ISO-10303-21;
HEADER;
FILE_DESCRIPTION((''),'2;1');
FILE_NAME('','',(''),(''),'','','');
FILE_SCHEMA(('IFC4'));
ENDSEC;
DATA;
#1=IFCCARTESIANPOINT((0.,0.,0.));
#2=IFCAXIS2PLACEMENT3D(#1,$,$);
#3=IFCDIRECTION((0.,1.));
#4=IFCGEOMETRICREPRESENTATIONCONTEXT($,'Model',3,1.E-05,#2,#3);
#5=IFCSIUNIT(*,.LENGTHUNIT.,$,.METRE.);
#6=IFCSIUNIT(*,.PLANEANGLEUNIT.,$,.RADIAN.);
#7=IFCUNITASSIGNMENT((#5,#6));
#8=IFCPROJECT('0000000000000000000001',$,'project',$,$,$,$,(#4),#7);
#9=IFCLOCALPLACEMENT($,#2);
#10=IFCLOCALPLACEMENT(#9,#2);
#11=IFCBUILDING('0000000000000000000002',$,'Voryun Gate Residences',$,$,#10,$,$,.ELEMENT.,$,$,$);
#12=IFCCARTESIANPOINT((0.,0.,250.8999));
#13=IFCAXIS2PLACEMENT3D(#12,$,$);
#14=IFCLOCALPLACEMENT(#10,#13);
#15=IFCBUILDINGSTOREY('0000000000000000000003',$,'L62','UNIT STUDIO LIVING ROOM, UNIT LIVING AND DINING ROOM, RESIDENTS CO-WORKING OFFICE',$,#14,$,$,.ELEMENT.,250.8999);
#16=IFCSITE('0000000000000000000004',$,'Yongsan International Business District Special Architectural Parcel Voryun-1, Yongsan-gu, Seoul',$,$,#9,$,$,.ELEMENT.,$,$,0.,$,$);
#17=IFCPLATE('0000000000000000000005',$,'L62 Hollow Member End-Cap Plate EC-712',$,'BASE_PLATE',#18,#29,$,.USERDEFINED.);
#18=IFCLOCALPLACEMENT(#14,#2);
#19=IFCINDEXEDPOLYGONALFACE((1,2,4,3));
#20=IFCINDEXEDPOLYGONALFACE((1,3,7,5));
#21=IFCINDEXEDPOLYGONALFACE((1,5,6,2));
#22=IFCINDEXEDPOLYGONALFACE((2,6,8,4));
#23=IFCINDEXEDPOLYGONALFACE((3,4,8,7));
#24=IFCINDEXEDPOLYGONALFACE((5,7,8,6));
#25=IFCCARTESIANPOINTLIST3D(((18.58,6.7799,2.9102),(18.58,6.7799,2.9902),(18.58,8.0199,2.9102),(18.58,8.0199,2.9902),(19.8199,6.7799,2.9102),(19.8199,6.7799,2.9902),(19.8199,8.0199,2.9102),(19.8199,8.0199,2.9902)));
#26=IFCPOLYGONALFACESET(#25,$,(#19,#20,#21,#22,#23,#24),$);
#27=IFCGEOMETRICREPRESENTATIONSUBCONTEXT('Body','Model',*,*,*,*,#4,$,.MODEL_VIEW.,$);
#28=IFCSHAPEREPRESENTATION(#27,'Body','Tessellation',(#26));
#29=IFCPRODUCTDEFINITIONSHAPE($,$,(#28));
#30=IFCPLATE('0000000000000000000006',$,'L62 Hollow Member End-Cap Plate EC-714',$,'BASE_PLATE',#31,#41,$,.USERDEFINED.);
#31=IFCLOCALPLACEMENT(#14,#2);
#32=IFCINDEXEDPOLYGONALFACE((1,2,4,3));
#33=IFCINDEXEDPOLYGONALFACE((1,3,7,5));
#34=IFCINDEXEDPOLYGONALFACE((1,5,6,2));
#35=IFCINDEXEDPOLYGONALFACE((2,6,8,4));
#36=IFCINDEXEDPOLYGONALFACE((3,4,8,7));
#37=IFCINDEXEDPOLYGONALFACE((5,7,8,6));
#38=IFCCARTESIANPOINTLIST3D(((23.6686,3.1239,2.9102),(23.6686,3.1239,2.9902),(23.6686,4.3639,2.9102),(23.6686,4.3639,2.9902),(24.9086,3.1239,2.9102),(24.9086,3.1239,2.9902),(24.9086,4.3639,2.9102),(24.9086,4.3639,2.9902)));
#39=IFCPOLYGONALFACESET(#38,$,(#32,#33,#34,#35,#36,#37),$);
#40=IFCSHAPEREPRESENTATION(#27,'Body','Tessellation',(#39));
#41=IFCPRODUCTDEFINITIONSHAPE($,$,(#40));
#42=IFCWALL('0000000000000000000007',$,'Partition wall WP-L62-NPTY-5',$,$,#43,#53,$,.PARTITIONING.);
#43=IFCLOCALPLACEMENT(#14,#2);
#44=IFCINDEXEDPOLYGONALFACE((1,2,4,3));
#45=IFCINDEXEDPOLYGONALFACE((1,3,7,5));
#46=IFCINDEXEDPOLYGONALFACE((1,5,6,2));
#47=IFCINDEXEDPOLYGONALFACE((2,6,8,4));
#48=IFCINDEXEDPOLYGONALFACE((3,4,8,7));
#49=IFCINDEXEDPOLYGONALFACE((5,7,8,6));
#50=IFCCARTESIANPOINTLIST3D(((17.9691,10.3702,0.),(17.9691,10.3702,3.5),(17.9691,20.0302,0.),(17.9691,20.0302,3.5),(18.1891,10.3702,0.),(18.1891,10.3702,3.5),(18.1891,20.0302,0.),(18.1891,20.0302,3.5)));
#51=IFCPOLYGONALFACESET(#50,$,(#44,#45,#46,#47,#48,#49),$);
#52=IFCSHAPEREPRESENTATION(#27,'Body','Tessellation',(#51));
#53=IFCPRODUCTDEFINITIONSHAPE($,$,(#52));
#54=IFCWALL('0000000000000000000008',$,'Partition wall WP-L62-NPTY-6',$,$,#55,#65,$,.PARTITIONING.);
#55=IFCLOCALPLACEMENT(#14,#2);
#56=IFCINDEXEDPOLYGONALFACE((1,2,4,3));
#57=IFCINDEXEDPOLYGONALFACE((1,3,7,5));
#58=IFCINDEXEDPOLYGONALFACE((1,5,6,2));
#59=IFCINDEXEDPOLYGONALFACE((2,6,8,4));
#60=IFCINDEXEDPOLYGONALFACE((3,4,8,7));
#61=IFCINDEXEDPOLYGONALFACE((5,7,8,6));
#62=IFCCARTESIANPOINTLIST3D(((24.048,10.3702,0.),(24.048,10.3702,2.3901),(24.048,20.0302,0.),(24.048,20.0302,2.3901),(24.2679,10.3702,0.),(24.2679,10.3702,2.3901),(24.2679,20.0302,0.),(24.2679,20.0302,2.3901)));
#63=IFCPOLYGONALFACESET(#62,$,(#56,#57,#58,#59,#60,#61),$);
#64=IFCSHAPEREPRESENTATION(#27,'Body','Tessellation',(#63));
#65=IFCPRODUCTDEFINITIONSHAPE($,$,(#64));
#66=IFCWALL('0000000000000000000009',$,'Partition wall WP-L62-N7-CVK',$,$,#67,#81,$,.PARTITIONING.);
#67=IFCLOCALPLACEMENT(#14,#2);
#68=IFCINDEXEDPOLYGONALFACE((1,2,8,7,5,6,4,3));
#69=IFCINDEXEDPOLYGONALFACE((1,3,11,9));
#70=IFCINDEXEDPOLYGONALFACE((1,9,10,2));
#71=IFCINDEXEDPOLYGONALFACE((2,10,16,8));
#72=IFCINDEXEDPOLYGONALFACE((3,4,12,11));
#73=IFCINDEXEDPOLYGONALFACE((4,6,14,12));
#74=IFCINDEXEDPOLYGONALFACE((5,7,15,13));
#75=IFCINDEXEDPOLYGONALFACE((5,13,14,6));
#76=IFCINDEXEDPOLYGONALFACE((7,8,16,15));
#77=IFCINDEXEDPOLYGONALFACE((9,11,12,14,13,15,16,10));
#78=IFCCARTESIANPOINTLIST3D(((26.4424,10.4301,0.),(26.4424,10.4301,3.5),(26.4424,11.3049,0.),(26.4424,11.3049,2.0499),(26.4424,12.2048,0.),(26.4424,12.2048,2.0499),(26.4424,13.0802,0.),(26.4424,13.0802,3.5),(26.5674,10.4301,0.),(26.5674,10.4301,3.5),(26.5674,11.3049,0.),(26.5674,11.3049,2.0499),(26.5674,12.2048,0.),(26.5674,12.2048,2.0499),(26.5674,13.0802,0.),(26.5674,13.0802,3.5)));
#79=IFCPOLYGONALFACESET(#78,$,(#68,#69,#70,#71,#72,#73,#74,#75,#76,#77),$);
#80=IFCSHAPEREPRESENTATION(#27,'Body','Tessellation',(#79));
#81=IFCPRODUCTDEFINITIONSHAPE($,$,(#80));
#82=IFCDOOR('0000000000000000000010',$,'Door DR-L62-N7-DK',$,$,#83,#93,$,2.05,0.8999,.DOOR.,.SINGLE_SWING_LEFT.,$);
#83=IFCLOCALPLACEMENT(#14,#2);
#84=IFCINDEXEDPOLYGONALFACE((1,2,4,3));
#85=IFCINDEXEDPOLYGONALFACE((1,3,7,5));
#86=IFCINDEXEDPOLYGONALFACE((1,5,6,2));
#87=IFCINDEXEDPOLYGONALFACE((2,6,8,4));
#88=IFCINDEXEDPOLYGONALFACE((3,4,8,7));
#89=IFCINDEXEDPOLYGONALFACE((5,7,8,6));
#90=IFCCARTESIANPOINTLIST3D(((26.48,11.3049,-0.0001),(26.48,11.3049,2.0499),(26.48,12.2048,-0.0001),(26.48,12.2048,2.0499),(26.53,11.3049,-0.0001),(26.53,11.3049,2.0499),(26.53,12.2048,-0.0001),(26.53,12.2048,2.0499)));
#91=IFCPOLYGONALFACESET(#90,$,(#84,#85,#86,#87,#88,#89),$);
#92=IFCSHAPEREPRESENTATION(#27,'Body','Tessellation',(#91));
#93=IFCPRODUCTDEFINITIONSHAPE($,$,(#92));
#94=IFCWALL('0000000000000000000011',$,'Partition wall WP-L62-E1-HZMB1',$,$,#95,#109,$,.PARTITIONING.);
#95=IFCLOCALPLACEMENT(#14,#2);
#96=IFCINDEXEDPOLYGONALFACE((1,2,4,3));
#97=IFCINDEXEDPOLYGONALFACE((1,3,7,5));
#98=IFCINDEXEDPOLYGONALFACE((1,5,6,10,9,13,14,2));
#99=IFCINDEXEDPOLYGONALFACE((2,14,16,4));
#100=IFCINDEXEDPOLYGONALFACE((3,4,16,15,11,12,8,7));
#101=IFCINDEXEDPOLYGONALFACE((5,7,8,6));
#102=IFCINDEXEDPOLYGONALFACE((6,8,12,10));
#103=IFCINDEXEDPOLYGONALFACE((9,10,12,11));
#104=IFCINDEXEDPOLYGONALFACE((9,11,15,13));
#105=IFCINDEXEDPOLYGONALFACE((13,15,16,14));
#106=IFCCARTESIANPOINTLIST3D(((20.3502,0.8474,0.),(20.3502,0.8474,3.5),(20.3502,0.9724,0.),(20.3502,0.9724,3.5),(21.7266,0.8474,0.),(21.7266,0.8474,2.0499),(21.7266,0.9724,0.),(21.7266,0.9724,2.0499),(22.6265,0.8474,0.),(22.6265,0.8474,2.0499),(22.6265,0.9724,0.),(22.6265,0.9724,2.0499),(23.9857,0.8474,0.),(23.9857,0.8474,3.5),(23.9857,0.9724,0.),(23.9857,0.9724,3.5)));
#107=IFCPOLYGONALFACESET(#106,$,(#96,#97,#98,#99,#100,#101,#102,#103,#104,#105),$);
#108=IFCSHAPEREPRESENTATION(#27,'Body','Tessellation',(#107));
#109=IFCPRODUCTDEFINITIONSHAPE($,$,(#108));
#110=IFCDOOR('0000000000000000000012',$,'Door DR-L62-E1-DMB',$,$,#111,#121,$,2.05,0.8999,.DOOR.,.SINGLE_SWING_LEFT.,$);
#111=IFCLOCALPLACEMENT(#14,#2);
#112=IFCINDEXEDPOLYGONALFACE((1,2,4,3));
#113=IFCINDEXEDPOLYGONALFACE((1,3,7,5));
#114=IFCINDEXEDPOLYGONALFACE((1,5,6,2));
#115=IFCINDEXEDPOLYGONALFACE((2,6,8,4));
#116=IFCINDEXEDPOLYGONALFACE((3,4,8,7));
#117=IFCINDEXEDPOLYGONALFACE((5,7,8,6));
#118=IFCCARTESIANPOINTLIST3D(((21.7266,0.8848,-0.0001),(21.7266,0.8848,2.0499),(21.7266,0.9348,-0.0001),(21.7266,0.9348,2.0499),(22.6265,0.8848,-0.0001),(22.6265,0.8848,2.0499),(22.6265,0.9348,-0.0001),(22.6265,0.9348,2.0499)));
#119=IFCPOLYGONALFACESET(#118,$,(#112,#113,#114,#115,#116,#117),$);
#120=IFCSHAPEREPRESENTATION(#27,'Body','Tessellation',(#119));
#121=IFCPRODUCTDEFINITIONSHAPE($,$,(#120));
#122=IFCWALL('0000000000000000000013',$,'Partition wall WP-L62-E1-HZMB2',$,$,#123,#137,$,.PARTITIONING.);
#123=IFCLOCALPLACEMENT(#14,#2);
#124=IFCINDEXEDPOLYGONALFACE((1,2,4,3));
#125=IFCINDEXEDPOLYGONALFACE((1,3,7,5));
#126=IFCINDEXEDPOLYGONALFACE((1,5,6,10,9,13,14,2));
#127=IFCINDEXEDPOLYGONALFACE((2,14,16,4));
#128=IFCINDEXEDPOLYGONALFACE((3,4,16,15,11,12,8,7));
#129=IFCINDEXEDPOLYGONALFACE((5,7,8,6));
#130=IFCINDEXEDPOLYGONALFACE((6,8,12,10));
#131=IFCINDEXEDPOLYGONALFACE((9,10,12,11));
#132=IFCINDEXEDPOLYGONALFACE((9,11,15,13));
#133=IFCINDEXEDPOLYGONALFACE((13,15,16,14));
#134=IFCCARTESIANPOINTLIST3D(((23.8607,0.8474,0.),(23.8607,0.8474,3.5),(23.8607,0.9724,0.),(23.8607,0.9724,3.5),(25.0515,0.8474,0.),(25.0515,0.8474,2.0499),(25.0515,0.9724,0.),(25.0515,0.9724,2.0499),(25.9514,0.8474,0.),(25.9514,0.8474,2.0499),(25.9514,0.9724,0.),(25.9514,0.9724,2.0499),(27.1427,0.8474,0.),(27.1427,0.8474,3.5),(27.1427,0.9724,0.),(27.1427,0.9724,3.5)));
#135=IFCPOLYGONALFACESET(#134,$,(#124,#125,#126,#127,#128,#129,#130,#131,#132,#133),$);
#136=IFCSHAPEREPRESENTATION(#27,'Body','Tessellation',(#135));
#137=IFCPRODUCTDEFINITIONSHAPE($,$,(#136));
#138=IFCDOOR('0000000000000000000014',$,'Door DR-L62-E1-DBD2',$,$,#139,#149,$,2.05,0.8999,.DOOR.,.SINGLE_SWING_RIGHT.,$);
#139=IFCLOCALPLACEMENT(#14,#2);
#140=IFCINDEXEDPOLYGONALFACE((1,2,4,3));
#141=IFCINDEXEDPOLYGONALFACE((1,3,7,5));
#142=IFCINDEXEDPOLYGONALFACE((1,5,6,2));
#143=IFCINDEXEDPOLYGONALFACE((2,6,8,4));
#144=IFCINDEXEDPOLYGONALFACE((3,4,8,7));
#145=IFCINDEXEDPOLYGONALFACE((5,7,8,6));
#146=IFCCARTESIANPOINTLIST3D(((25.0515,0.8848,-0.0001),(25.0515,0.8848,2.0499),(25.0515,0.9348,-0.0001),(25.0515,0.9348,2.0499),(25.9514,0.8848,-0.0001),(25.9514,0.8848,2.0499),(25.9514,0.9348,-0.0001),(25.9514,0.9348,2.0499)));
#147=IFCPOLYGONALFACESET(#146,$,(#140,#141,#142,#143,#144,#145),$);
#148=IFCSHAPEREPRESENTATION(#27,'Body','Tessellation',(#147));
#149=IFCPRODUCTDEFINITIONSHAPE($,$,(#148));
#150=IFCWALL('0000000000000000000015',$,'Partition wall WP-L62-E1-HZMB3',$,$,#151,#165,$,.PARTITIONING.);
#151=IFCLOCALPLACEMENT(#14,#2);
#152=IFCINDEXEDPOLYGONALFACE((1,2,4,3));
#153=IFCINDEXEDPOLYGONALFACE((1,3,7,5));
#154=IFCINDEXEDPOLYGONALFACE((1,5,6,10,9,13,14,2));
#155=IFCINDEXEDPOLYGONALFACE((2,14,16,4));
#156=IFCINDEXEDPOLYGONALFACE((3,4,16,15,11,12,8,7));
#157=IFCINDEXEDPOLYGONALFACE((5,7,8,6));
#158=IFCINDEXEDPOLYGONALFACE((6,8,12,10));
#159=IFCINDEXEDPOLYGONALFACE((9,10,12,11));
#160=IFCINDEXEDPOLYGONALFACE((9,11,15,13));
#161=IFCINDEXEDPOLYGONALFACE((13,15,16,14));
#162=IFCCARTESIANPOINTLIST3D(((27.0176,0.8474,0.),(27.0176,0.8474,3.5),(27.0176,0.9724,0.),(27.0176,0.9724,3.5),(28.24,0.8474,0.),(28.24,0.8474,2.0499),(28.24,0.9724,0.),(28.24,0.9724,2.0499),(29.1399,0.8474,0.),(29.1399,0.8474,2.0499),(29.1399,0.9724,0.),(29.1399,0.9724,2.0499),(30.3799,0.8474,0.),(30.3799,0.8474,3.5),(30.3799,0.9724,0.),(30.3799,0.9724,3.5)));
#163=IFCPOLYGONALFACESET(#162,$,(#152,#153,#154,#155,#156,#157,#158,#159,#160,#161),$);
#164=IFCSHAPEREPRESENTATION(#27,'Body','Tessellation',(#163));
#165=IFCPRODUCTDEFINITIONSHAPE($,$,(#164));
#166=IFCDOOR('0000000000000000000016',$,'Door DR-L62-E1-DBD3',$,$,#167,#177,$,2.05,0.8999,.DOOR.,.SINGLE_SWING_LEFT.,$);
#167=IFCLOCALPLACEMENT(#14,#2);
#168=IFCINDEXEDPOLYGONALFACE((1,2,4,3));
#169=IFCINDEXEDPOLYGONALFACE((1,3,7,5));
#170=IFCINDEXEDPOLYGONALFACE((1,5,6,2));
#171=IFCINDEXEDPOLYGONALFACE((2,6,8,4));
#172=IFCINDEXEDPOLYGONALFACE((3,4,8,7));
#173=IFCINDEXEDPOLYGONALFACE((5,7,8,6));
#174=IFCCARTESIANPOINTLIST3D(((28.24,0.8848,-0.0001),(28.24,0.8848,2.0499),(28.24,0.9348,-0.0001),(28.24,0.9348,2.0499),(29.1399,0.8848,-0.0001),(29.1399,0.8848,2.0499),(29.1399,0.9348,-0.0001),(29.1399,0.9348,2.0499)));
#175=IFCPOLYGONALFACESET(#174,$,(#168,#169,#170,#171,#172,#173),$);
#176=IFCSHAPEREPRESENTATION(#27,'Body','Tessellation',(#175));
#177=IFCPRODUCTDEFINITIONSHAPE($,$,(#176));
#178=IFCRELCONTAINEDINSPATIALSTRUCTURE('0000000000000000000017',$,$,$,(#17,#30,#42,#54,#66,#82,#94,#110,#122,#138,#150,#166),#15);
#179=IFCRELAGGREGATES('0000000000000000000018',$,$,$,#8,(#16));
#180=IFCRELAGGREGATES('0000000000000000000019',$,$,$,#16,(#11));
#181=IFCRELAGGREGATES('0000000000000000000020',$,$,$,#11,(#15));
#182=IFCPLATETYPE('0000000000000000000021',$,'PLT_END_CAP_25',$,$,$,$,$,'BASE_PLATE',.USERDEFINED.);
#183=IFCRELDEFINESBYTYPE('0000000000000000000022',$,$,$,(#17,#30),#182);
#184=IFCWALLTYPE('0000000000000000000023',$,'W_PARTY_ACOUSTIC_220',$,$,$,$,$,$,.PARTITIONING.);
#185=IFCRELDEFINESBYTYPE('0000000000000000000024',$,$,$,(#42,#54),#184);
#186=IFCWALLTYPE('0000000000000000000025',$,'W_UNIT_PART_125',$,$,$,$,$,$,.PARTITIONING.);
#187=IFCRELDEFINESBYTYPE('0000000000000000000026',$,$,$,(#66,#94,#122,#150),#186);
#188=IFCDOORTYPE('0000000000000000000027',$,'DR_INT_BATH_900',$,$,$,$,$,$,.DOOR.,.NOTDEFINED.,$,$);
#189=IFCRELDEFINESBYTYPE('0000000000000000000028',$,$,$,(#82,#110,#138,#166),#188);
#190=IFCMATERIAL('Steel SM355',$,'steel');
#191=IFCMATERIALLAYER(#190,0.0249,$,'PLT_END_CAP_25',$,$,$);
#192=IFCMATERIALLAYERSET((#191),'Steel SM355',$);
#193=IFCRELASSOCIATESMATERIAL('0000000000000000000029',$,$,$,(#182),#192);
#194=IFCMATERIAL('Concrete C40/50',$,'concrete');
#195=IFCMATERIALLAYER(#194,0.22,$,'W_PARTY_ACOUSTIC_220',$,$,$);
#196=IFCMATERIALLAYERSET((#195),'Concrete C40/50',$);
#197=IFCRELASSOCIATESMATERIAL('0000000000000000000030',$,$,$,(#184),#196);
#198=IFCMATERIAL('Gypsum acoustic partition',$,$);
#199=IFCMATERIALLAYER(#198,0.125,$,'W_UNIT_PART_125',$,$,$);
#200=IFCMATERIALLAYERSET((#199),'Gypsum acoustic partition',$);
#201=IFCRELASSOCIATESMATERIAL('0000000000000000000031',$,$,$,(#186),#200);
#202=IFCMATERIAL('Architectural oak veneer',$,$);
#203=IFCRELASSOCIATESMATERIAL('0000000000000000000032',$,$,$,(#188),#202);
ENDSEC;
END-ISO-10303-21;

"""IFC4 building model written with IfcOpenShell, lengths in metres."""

from ifc_helpers import new_model, si_unit, direction, frame, frame_2d, origin, origin_2d, place, context, subcontext, project, spatial, rectangle, extrude, material, layer, layer_set, type_object, element, fill, save


model = new_model("IFC4")

# Units and contexts
model_context = context("Model", 3, precision=1e-05, world=origin(), true_north=direction((0.0, 1.0)))
body_context = subcontext(model_context, "Body", "Model", "MODEL_VIEW")
ifc_project = project(units=[si_unit("LENGTHUNIT", "METRE"), si_unit("PLANEANGLEUNIT", "RADIAN")], contexts=[model_context])

# Site, building, storey
site_placement = place(None, origin())
site = spatial("IfcSite", under=ifc_project, at=site_placement, Name="Yongsan International Business District Special Architectural Parcel Voryun-1, Yongsan-gu, Seoul", CompositionType="ELEMENT", RefElevation=0.0)
building_placement = place(site_placement, origin())
building = spatial("IfcBuilding", under=site, at=building_placement, Name="Voryun Gate Residences", CompositionType="ELEMENT")
storey_placement = place(building_placement, frame((0.0, 0.0, 250.8999)))
storey = spatial("IfcBuildingStorey", under=building, at=storey_placement, Name="L62", Description="UNIT STUDIO LIVING ROOM, UNIT LIVING AND DINING ROOM, RESIDENTS CO-WORKING OFFICE", CompositionType="ELEMENT", Elevation=250.8999)

# Plates
ifc_material_1 = material(Name="Steel SM355", Category="steel")
ifc_layer_1 = layer(ifc_material_1, 0.0249, Name="PLT_END_CAP_25")
ifc_layer_set_1 = layer_set([ifc_layer_1], Name="Steel SM355")
plate_type = type_object("IfcPlateType", Name="PLT_END_CAP_25", ElementType="BASE_PLATE", PredefinedType="USERDEFINED", material=ifc_layer_set_1)
for number, where, z_axis, x_axis, name in (
    (1, (19.2, 7.3999, 2.9102), (0.0, 0.0, 1.0), (1.0, 0.0, 0.0), "L62 Hollow Member End-Cap Plate EC-712"),
    (2, (24.2886, 3.7439, 2.9102), (0.0, 0.0, 1.0), (1.0, 0.0, 0.0), "L62 Hollow Member End-Cap Plate EC-714"),
):
    element("IfcPlate", number, at=place(storey_placement, frame(where, z_axis=z_axis, x_axis=x_axis)), inside=storey, type_object=plate_type, Name=name, ObjectType="BASE_PLATE", PredefinedType="USERDEFINED", context=body_context, shape_type="SweptSolid", body=[
        extrude(rectangle(XDim=1.24, YDim=1.24, at=origin_2d()), origin(), (0.0, 0.0, 1.0), 0.0801),
    ])

# Walls
ifc_material_2 = material(Name="Concrete C40/50", Category="concrete")
ifc_layer_2 = layer(ifc_material_2, 0.22, Name="W_PARTY_ACOUSTIC_220")
ifc_layer_set_2 = layer_set([ifc_layer_2], Name="Concrete C40/50")
wall_type_1 = type_object("IfcWallType", Name="W_PARTY_ACOUSTIC_220", PredefinedType="PARTITIONING", material=ifc_layer_set_2)
wall_1_placement = place(storey_placement, frame((18.0791, 10.3701, 0.0), z_axis=(0.0, 0.0, 1.0), x_axis=(0.0, 1.0, 0.0)))
element("IfcWall", 3, at=wall_1_placement, inside=storey, type_object=wall_type_1, Name="Partition wall WP-L62-NPTY-5", PredefinedType="PARTITIONING", context=body_context, shape_type="SweptSolid", body=[
    extrude(rectangle(XDim=9.6599, YDim=0.22, at=frame_2d((4.8301, 0.0))), origin(), (0.0, 0.0, 1.0), 3.5),
])
wall_2_placement = place(storey_placement, frame((24.158, 10.3701, 0.0), z_axis=(0.0, 0.0, 1.0), x_axis=(0.0, 1.0, 0.0)))
element("IfcWall", 4, at=wall_2_placement, inside=storey, type_object=wall_type_1, Name="Partition wall WP-L62-NPTY-6", PredefinedType="PARTITIONING", context=body_context, shape_type="SweptSolid", body=[
    extrude(rectangle(XDim=9.6599, YDim=0.22, at=frame_2d((4.8301, 0.0))), origin(), (0.0, 0.0, 1.0), 2.3901),
])

# Walls, openings, doors
ifc_material_3 = material(Name="Gypsum acoustic partition")
ifc_layer_3 = layer(ifc_material_3, 0.125, Name="W_UNIT_PART_125")
ifc_layer_set_3 = layer_set([ifc_layer_3], Name="Gypsum acoustic partition")
wall_type_2 = type_object("IfcWallType", Name="W_UNIT_PART_125", PredefinedType="PARTITIONING", material=ifc_layer_set_3)
wall_3_placement = place(storey_placement, frame((26.5049, 10.4299, 0.0), z_axis=(0.0, 0.0, 1.0), x_axis=(0.0, 1.0, 0.0)))
wall_3 = element("IfcWall", 5, at=wall_3_placement, inside=storey, type_object=wall_type_2, Name="Partition wall WP-L62-N7-CVK", PredefinedType="PARTITIONING", context=body_context, shape_type="SweptSolid", body=[
    extrude(rectangle(XDim=2.6501, YDim=0.125, at=frame_2d((1.3252, 0.0))), origin(), (0.0, 0.0, 1.0), 3.5),
])
opening_1_placement = place(wall_3_placement, frame((0.875, 0.0, 0.0)))
opening_1 = element("IfcOpeningElement", 6, at=opening_1_placement, cuts=wall_3, PredefinedType="OPENING", context=body_context, shape_type="SweptSolid", body=[
    extrude(rectangle(XDim=0.8999, YDim=2.05, at=frame_2d((0.45, 1.0249))), frame((0.0, 0.0725, 0.0), z_axis=(0.0, -1.0, 0.0), x_axis=(1.0, 0.0, 0.0)), (0.0, 0.0, 1.0), 0.145),
])
ifc_material_4 = material(Name="Architectural oak veneer")
door_type = type_object("IfcDoorType", Name="DR_INT_BATH_900", OperationType="NOTDEFINED", PredefinedType="DOOR", material=ifc_material_4)
door_1_placement = place(opening_1_placement, origin())
door_1 = element("IfcDoor", 7, at=door_1_placement, inside=storey, type_object=door_type, Name="Door DR-L62-N7-DK", OperationType="SINGLE_SWING_LEFT", OverallHeight=2.05, OverallWidth=0.8999, PredefinedType="DOOR", context=body_context, shape_type="SweptSolid", body=[
    extrude(rectangle(XDim=0.8999, YDim=2.05, at=frame_2d((0.45, 1.0249))), frame((0.0, 0.0249, 0.0), z_axis=(0.0, -1.0, 0.0), x_axis=(1.0, 0.0, 0.0)), (0.0, 0.0, 1.0), 0.05),
])
fill(opening_1, door_1)
wall_4_placement = place(storey_placement, frame((20.3501, 0.9099, 0.0), z_axis=(0.0, 0.0, 1.0), x_axis=(1.0, 0.0, 0.0)))
wall_4 = element("IfcWall", 8, at=wall_4_placement, inside=storey, type_object=wall_type_2, Name="Partition wall WP-L62-E1-HZMB1", PredefinedType="PARTITIONING", context=body_context, shape_type="SweptSolid", body=[
    extrude(rectangle(XDim=3.6355, YDim=0.125, at=frame_2d((1.8179, 0.0))), origin(), (0.0, 0.0, 1.0), 3.5),
])
opening_2_placement = place(wall_4_placement, frame((1.3765, 0.0, 0.0)))
opening_2 = element("IfcOpeningElement", 9, at=opening_2_placement, cuts=wall_4, PredefinedType="OPENING", context=body_context, shape_type="SweptSolid", body=[
    extrude(rectangle(XDim=0.8999, YDim=2.05, at=frame_2d((0.45, 1.0249))), frame((0.0, 0.0725, 0.0), z_axis=(0.0, -1.0, 0.0), x_axis=(1.0, 0.0, 0.0)), (0.0, 0.0, 1.0), 0.145),
])
door_2_placement = place(opening_2_placement, origin())
door_2 = element("IfcDoor", 10, at=door_2_placement, inside=storey, type_object=door_type, Name="Door DR-L62-E1-DMB", OperationType="SINGLE_SWING_LEFT", OverallHeight=2.05, OverallWidth=0.8999, PredefinedType="DOOR", context=body_context, shape_type="SweptSolid", body=[
    extrude(rectangle(XDim=0.8999, YDim=2.05, at=frame_2d((0.45, 1.0249))), frame((0.0, 0.0249, 0.0), z_axis=(0.0, -1.0, 0.0), x_axis=(1.0, 0.0, 0.0)), (0.0, 0.0, 1.0), 0.05),
])
fill(opening_2, door_2)
wall_5_placement = place(storey_placement, frame((23.8606, 0.9099, 0.0), z_axis=(0.0, 0.0, 1.0), x_axis=(1.0, 0.0, 0.0)))
wall_5 = element("IfcWall", 11, at=wall_5_placement, inside=storey, type_object=wall_type_2, Name="Partition wall WP-L62-E1-HZMB2", PredefinedType="PARTITIONING", context=body_context, shape_type="SweptSolid", body=[
    extrude(rectangle(XDim=3.282, YDim=0.125, at=frame_2d((1.6411, 0.0))), origin(), (0.0, 0.0, 1.0), 3.5),
])
opening_3_placement = place(wall_5_placement, frame((1.1909, 0.0, 0.0)))
opening_3 = element("IfcOpeningElement", 12, at=opening_3_placement, cuts=wall_5, PredefinedType="OPENING", context=body_context, shape_type="SweptSolid", body=[
    extrude(rectangle(XDim=0.8999, YDim=2.05, at=frame_2d((0.45, 1.0249))), frame((0.0, 0.0725, 0.0), z_axis=(0.0, -1.0, 0.0), x_axis=(1.0, 0.0, 0.0)), (0.0, 0.0, 1.0), 0.145),
])
door_3_placement = place(opening_3_placement, origin())
door_3 = element("IfcDoor", 13, at=door_3_placement, inside=storey, type_object=door_type, Name="Door DR-L62-E1-DBD2", OperationType="SINGLE_SWING_RIGHT", OverallHeight=2.05, OverallWidth=0.8999, PredefinedType="DOOR", context=body_context, shape_type="SweptSolid", body=[
    extrude(rectangle(XDim=0.8999, YDim=2.05, at=frame_2d((0.45, 1.0249))), frame((0.0, 0.0249, 0.0), z_axis=(0.0, -1.0, 0.0), x_axis=(1.0, 0.0, 0.0)), (0.0, 0.0, 1.0), 0.05),
])
fill(opening_3, door_3)
wall_6_placement = place(storey_placement, frame((27.0176, 0.9099, 0.0), z_axis=(0.0, 0.0, 1.0), x_axis=(1.0, 0.0, 0.0)))
wall_6 = element("IfcWall", 14, at=wall_6_placement, inside=storey, type_object=wall_type_2, Name="Partition wall WP-L62-E1-HZMB3", PredefinedType="PARTITIONING", context=body_context, shape_type="SweptSolid", body=[
    extrude(rectangle(XDim=3.3623, YDim=0.125, at=frame_2d((1.6812, 0.0))), origin(), (0.0, 0.0, 1.0), 3.5),
])
opening_4_placement = place(wall_6_placement, frame((1.2224, 0.0, 0.0)))
opening_4 = element("IfcOpeningElement", 15, at=opening_4_placement, cuts=wall_6, PredefinedType="OPENING", context=body_context, shape_type="SweptSolid", body=[
    extrude(rectangle(XDim=0.8999, YDim=2.05, at=frame_2d((0.45, 1.0249))), frame((0.0, 0.0725, 0.0), z_axis=(0.0, -1.0, 0.0), x_axis=(1.0, 0.0, 0.0)), (0.0, 0.0, 1.0), 0.145),
])
door_4_placement = place(opening_4_placement, origin())
door_4 = element("IfcDoor", 16, at=door_4_placement, inside=storey, type_object=door_type, Name="Door DR-L62-E1-DBD3", OperationType="SINGLE_SWING_LEFT", OverallHeight=2.05, OverallWidth=0.8999, PredefinedType="DOOR", context=body_context, shape_type="SweptSolid", body=[
    extrude(rectangle(XDim=0.8999, YDim=2.05, at=frame_2d((0.45, 1.0249))), frame((0.0, 0.0249, 0.0), z_axis=(0.0, -1.0, 0.0), x_axis=(1.0, 0.0, 0.0)), (0.0, 0.0, 1.0), 0.05),
])
fill(opening_4, door_4)

save(model, "model.ifc")
